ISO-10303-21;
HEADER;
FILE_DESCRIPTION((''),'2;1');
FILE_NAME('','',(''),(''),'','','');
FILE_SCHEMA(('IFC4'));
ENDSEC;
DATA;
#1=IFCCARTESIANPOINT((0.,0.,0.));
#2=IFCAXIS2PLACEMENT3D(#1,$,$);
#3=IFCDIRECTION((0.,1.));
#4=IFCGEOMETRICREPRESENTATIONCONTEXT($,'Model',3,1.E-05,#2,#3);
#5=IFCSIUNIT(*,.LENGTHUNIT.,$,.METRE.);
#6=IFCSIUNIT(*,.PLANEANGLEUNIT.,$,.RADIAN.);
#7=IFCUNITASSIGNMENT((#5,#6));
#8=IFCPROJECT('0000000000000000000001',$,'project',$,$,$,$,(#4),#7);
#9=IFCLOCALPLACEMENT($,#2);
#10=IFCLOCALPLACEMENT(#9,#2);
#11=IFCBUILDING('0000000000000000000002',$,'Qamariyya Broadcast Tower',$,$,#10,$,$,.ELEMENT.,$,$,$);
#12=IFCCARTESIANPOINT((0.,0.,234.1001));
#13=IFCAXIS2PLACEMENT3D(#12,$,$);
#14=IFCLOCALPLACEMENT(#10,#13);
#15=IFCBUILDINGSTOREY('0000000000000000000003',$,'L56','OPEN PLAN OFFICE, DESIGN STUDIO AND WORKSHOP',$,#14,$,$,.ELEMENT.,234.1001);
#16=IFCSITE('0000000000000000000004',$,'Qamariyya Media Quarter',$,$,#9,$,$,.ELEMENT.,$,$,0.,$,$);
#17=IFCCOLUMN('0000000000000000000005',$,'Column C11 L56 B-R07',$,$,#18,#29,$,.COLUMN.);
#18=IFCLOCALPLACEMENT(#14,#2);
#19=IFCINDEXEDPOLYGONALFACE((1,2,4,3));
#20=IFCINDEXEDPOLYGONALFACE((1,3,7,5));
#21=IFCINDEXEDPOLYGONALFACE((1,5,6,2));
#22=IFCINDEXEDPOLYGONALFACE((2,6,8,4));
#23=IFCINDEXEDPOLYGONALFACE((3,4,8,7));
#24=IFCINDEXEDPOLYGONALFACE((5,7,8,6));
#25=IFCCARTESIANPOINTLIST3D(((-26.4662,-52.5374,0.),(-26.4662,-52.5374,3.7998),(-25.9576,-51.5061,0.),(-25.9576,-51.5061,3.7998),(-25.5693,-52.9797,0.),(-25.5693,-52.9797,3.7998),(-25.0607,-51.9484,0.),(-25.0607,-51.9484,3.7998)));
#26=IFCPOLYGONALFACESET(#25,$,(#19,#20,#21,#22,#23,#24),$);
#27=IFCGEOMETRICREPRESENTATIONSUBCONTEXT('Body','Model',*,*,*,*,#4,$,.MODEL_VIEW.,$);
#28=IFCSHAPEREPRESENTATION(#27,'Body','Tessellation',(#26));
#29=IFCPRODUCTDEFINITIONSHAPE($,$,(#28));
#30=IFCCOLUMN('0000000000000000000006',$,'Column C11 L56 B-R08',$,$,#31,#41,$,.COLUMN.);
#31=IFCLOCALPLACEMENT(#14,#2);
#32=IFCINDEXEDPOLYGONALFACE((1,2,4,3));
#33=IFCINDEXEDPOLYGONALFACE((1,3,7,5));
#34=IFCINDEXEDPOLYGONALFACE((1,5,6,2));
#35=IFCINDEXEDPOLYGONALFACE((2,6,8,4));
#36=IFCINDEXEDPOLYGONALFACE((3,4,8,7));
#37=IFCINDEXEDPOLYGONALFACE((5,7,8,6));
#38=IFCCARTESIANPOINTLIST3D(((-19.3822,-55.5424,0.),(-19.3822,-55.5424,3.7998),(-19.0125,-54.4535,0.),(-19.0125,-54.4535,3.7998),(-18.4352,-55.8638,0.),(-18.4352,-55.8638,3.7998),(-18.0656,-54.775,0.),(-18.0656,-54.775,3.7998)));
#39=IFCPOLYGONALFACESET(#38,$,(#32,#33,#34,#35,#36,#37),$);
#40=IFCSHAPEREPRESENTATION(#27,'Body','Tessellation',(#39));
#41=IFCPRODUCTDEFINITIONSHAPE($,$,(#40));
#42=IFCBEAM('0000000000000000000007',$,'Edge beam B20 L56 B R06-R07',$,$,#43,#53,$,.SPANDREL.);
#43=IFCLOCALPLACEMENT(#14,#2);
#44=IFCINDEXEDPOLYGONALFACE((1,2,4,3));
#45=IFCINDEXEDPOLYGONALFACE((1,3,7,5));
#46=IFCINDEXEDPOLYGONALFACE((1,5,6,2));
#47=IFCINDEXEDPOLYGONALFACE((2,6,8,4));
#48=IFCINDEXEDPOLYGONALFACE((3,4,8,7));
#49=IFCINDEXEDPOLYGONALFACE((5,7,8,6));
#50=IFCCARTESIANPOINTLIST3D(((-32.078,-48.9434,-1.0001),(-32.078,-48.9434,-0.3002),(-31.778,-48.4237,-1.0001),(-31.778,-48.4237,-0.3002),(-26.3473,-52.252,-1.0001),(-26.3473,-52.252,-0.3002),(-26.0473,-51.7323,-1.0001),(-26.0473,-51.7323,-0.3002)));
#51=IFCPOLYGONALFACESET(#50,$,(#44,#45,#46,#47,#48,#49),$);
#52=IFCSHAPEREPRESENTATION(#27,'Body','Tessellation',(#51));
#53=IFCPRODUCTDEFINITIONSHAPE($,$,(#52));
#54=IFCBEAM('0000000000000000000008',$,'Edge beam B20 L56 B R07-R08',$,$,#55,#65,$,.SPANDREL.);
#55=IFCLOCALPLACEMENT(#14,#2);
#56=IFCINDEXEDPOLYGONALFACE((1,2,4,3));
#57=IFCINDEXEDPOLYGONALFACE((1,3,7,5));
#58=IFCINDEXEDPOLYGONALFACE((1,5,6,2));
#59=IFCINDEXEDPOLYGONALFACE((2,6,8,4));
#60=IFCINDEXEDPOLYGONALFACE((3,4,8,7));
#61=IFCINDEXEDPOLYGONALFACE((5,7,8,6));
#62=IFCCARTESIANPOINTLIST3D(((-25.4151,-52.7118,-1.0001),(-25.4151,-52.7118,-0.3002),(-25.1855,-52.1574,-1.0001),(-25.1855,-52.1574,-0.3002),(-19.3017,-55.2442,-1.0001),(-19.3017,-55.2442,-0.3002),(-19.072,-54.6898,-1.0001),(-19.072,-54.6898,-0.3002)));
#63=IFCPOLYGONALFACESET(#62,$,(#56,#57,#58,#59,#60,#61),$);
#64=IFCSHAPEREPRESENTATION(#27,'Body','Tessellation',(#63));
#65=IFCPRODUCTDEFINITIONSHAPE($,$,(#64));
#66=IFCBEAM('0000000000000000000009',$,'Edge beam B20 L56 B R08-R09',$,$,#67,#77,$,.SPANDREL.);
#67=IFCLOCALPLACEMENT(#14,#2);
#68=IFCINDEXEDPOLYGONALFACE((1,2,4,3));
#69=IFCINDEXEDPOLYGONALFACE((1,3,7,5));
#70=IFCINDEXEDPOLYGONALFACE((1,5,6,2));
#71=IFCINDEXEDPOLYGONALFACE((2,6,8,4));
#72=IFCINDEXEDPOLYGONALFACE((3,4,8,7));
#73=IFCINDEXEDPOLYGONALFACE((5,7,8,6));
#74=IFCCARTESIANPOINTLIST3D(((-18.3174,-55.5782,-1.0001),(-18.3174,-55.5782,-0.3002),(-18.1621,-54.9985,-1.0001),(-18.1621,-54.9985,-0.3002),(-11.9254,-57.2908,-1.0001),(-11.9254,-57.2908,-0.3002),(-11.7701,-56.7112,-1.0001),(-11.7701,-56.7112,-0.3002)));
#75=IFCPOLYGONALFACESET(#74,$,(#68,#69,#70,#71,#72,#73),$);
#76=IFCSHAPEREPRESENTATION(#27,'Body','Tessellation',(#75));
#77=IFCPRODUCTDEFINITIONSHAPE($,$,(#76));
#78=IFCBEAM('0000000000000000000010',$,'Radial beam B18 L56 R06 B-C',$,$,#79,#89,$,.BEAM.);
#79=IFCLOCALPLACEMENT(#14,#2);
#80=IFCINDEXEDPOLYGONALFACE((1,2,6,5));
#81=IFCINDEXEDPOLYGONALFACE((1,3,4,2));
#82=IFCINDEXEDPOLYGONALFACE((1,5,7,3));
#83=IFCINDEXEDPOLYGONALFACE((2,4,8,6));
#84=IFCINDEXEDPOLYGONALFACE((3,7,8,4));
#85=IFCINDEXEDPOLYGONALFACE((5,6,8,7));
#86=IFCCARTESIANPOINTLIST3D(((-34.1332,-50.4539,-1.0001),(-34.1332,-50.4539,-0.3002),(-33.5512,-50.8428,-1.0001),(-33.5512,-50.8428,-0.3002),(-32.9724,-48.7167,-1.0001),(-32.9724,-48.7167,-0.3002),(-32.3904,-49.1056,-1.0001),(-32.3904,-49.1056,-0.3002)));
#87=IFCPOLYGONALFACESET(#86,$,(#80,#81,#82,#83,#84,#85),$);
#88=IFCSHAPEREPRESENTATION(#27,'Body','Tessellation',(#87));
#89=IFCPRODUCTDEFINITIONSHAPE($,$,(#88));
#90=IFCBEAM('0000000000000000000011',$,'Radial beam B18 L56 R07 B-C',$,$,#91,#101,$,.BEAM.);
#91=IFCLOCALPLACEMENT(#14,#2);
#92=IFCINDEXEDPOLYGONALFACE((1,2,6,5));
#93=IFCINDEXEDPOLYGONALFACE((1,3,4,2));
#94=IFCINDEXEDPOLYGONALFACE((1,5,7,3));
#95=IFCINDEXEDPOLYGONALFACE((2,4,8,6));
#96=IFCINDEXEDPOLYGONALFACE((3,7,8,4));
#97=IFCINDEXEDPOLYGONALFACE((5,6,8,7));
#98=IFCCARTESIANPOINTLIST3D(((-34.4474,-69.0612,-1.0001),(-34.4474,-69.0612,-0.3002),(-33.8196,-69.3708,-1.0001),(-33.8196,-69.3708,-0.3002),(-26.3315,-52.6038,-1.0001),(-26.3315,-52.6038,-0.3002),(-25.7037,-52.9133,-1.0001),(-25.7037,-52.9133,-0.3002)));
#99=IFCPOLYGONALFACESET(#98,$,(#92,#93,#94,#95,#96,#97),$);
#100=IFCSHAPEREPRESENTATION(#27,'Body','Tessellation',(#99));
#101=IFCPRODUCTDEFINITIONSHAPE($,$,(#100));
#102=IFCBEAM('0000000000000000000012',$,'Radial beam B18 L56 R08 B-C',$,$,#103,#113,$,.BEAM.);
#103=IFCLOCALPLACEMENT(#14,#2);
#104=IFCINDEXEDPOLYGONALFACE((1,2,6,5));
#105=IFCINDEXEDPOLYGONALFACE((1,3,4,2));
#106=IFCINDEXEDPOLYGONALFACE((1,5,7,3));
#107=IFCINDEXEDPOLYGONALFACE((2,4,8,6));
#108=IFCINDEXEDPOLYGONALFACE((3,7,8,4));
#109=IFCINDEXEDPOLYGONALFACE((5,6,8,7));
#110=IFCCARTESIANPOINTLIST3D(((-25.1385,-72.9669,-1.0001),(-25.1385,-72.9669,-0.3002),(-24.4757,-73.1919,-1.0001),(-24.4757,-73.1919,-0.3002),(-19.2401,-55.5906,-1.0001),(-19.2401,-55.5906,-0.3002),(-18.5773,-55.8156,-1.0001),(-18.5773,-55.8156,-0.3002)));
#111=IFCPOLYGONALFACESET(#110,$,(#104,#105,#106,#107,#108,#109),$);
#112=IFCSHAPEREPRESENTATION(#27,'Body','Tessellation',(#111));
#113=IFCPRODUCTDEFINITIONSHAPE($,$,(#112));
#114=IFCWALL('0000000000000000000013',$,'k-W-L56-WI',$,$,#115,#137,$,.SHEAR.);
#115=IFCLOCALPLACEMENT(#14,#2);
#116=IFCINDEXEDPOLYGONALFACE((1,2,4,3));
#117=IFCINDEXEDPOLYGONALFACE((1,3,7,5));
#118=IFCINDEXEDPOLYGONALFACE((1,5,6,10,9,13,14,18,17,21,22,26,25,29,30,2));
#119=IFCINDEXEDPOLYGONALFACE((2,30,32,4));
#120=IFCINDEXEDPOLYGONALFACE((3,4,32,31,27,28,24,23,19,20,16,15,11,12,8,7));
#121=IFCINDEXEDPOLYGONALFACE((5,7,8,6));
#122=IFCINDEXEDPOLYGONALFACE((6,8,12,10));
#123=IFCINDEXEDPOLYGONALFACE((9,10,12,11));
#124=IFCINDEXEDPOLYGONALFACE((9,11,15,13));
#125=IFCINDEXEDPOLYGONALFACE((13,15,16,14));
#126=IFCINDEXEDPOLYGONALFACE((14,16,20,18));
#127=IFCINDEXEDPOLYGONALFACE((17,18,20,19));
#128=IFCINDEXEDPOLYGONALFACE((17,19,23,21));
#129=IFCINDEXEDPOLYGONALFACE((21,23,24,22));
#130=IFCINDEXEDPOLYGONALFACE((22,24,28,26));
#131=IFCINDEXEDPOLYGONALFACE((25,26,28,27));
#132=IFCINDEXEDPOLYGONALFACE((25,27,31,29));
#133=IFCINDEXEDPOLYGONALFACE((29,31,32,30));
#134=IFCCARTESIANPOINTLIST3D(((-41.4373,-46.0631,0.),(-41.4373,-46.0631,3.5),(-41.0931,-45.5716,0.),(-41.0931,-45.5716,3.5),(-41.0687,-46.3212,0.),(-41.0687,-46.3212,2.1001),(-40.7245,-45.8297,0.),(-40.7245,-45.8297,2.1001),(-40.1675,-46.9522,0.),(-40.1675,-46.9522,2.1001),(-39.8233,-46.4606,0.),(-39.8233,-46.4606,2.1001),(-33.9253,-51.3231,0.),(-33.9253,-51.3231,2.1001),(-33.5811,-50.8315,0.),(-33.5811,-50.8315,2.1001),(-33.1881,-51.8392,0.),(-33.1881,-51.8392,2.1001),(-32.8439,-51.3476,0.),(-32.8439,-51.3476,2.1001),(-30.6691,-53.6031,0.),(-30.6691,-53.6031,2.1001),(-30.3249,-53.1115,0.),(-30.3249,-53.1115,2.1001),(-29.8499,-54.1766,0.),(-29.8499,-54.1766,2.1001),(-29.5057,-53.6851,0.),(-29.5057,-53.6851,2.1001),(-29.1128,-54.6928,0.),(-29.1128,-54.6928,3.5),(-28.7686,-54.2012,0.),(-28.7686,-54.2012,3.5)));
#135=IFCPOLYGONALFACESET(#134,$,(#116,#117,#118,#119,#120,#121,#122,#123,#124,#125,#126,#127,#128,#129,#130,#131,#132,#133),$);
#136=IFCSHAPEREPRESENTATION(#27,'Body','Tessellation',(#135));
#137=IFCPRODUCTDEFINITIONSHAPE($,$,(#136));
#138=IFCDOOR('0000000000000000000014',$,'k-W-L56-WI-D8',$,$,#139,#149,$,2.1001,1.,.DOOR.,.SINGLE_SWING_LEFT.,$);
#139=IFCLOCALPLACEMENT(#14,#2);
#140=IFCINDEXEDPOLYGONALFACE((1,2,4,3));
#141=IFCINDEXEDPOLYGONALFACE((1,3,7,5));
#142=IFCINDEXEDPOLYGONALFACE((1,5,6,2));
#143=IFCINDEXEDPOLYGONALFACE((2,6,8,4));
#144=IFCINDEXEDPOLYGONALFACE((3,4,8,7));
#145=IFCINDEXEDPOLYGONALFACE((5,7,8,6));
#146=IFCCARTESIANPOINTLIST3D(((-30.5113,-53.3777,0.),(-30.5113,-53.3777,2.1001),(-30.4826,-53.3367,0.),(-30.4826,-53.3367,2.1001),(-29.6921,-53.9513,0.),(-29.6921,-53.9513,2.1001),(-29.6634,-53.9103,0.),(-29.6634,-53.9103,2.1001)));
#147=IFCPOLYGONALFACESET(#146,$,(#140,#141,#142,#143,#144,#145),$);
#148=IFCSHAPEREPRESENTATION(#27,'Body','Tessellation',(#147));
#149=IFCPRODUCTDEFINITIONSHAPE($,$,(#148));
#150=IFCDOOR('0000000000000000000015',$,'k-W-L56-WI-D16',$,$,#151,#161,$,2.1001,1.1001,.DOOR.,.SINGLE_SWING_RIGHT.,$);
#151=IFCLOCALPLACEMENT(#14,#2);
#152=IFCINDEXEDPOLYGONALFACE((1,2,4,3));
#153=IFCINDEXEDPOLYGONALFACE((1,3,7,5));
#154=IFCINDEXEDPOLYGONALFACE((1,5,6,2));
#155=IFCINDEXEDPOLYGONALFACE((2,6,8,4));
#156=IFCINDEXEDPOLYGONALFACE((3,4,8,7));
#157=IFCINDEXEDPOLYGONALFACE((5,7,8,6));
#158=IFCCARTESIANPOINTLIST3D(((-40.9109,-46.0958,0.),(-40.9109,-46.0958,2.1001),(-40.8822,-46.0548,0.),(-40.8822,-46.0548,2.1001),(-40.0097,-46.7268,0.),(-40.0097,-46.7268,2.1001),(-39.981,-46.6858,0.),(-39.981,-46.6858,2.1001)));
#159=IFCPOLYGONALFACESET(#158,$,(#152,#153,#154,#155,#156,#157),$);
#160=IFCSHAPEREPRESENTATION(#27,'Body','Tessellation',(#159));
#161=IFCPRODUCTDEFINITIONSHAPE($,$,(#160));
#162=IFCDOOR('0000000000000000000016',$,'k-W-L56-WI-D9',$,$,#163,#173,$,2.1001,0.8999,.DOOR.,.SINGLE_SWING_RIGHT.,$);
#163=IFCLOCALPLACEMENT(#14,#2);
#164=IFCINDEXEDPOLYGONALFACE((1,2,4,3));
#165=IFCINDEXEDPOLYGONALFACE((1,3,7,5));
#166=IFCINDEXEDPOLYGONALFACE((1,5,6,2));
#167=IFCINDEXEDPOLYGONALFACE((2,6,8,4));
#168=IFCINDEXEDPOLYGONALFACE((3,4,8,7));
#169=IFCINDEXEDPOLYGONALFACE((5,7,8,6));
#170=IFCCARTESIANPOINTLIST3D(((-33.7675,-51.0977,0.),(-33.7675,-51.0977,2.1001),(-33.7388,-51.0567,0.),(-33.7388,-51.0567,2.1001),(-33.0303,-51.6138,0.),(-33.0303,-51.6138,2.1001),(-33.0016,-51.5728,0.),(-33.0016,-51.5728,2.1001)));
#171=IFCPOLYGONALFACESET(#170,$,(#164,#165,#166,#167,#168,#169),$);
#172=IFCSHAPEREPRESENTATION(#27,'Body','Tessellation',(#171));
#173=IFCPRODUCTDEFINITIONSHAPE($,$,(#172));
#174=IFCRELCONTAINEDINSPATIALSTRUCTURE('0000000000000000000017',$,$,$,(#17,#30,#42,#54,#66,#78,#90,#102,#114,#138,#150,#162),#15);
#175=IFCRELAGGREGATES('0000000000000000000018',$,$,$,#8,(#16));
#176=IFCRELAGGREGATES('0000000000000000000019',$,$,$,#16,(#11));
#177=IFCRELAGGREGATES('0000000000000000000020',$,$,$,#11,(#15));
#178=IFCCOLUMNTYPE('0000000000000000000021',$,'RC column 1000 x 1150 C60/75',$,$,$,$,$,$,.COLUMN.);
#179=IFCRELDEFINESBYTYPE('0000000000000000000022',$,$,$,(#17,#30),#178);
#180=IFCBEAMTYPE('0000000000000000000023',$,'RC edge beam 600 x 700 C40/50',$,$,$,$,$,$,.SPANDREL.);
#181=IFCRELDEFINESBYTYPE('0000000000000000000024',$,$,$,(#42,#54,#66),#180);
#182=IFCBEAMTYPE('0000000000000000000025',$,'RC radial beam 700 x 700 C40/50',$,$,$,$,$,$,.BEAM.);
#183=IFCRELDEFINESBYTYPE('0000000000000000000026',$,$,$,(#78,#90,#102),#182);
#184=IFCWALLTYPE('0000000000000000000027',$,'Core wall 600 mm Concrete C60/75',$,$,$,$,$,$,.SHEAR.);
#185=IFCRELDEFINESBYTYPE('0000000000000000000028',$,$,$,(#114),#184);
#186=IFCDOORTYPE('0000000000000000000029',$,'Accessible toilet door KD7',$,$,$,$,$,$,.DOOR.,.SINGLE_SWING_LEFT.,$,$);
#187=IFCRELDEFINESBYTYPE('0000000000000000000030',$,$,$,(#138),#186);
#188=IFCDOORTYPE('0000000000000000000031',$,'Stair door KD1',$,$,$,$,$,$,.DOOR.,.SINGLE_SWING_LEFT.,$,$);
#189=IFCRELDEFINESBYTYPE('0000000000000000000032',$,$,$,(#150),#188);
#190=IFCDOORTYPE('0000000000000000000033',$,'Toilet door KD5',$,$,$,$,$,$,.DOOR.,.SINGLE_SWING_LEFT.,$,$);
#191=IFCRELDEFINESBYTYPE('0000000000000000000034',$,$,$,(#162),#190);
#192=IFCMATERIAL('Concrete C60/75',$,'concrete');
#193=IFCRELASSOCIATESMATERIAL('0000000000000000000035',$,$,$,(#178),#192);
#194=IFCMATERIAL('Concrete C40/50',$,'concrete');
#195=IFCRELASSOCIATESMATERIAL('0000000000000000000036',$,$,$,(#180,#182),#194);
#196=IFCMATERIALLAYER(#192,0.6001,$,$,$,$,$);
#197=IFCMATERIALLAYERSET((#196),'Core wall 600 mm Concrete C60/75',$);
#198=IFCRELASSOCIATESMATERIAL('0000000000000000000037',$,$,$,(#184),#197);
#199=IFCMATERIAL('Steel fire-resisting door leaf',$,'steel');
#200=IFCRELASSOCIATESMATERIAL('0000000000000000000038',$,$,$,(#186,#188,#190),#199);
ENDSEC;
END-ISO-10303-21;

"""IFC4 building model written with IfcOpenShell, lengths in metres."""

from ifc_helpers import new_model, si_unit, direction, frame, frame_2d, origin, origin_2d, place, context, subcontext, project, spatial, rectangle, extrude, material, layer, layer_set, material_profile, profile_set, type_object, element, fill, save


model = new_model("IFC4")

# Units and contexts
model_context = context("Model", 3, precision=1e-05, world=origin(), true_north=direction((0.0, 1.0)))
body_context = subcontext(model_context, "Body", "Model", "MODEL_VIEW")
ifc_project = project(units=[si_unit("LENGTHUNIT", "METRE"), si_unit("PLANEANGLEUNIT", "RADIAN")], contexts=[model_context])

# Site, building, storey
site_placement = place(None, origin())
site = spatial("IfcSite", under=ifc_project, at=site_placement, Name="Qamariyya Media Quarter", CompositionType="ELEMENT", RefElevation=0.0)
building_placement = place(site_placement, origin())
building = spatial("IfcBuilding", under=site, at=building_placement, Name="Qamariyya Broadcast Tower", CompositionType="ELEMENT")
storey_placement = place(building_placement, frame((0.0, 0.0, 234.1001)))
storey = spatial("IfcBuildingStorey", under=building, at=storey_placement, Name="L56", Description="OPEN PLAN OFFICE, DESIGN STUDIO AND WORKSHOP", CompositionType="ELEMENT", Elevation=234.1001)

# Columns
ifc_material_1 = material(Name="Concrete C60/75", Category="concrete")
ifc_material_profile_1 = material_profile(ifc_material_1, rectangle(XDim=1.0, YDim=1.1499, at=origin_2d()))
ifc_profile_set_1 = profile_set([ifc_material_profile_1], Name="Concrete C60/75")
column_type = type_object("IfcColumnType", Name="RC column 1000 x 1150 C60/75", PredefinedType="COLUMN", material=ifc_profile_set_1)
for number, where, z_axis, x_axis, name in (
    (1, (-25.7634, -52.2429, 0.0), (0.0, 0.0, 1.0), (0.896873, -0.442289, 0.0), "Column C11 L56 B-R07"),
    (2, (-18.7239, -55.1587, 0.0), (0.0, 0.0, 1.0), (0.94693, -0.321439, 0.0), "Column C11 L56 B-R08"),
):
    element("IfcColumn", number, at=place(storey_placement, frame(where, z_axis=z_axis, x_axis=x_axis)), inside=storey, type_object=column_type, Name=name, PredefinedType="COLUMN", context=body_context, shape_type="SweptSolid", body=[
        extrude(rectangle(XDim=1.0, YDim=1.1499, at=origin_2d()), origin(), (0.0, 0.0, 1.0), 3.7998),
    ])

# Beams
ifc_material_2 = material(Name="Concrete C40/50", Category="concrete")
ifc_material_profile_2 = material_profile(ifc_material_2, rectangle(XDim=0.6001, YDim=0.7, at=origin_2d()))
ifc_profile_set_2 = profile_set([ifc_material_profile_2], Name="Concrete C40/50")
beam_type_1 = type_object("IfcBeamType", Name="RC edge beam 600 x 700 C40/50", PredefinedType="SPANDREL", material=ifc_profile_set_2)
for number, where, z_axis, x_axis, name in (
    (3, (-31.928, -48.6836, -0.6501), (0.866028, -0.499996, 0.0), (0.499996, 0.866028, 0.0), "Edge beam B20 L56 B R06-R07"),
    (4, (-25.3003, -52.4346, -0.6501), (0.923871, -0.382705, 0.0), (0.382705, 0.923871, 0.0), "Edge beam B20 L56 B R07-R08"),
):
    element("IfcBeam", number, at=place(storey_placement, frame(where, z_axis=z_axis, x_axis=x_axis)), inside=storey, type_object=beam_type_1, Name=name, PredefinedType="SPANDREL", context=body_context, shape_type="SweptSolid", body=[
        extrude(rectangle(XDim=0.6001, YDim=0.7, at=origin_2d()), origin(), (0.0, 0.0, 1.0), 6.6172),
    ])
beam_1_placement = place(storey_placement, frame((-18.2397, -55.2883, -0.6501), z_axis=(0.965927, -0.258813, 0.0), x_axis=(0.258813, 0.965927, 0.0)))
element("IfcBeam", 5, at=beam_1_placement, inside=storey, type_object=beam_type_1, Name="Edge beam B20 L56 B R08-R09", PredefinedType="SPANDREL", context=body_context, shape_type="SweptSolid", body=[
    extrude(rectangle(XDim=0.6001, YDim=0.7, at=origin_2d()), origin(), (0.0, 0.0, 1.0), 6.6174),
])
ifc_material_profile_3 = material_profile(ifc_material_2, rectangle(XDim=0.7, YDim=0.7, at=origin_2d()))
ifc_profile_set_3 = profile_set([ifc_material_profile_3], Name="Concrete C40/50")
beam_type_2 = type_object("IfcBeamType", Name="RC radial beam 700 x 700 C40/50", PredefinedType="BEAM", material=ifc_profile_set_3)
beam_2_placement = place(storey_placement, frame((-32.6814, -48.9111, -0.6501), z_axis=(-0.55559, -0.831457, 0.0), x_axis=(0.831457, -0.55559, 0.0)))
element("IfcBeam", 6, at=beam_2_placement, inside=storey, type_object=beam_type_2, Name="Radial beam B18 L56 R06 B-C", PredefinedType="BEAM", context=body_context, shape_type="SweptSolid", body=[
    extrude(rectangle(XDim=0.7, YDim=0.7, at=origin_2d()), origin(), (0.0, 0.0, 1.0), 2.0894),
])
beam_3_placement = place(storey_placement, frame((-26.0176, -52.7585, -0.6501), z_axis=(-0.442289, -0.896872, 0.0), x_axis=(0.896872, -0.442289, 0.0)))
element("IfcBeam", 7, at=beam_3_placement, inside=storey, type_object=beam_type_2, Name="Radial beam B18 L56 R07 B-C", PredefinedType="BEAM", context=body_context, shape_type="SweptSolid", body=[
    extrude(rectangle(XDim=0.7, YDim=0.7, at=origin_2d()), origin(), (0.0, 0.0, 1.0), 18.3499),
])
beam_4_placement = place(storey_placement, frame((-18.9087, -55.7031, -0.6501), z_axis=(-0.32144, -0.94693, 0.0), x_axis=(0.94693, -0.32144, 0.0)))
element("IfcBeam", 8, at=beam_4_placement, inside=storey, type_object=beam_type_2, Name="Radial beam B18 L56 R08 B-C", PredefinedType="BEAM", context=body_context, shape_type="SweptSolid", body=[
    extrude(rectangle(XDim=0.7, YDim=0.7, at=origin_2d()), origin(), (0.0, 0.0, 1.0), 18.3501),
])

# Wall, openings, doors
ifc_layer_1 = layer(ifc_material_1, 0.6001)
ifc_layer_set_1 = layer_set([ifc_layer_1], Name="Core wall 600 mm Concrete C60/75")
wall_type_1 = type_object("IfcWallType", Name="Core wall 600 mm Concrete C60/75", PredefinedType="SHEAR", material=ifc_layer_set_1)
wall_1_placement = place(storey_placement, frame((-28.9407, -54.447, 0.0), z_axis=(0.0, 0.0, 1.0), x_axis=(-0.819153, 0.573575, 0.0)))
wall_1 = element("IfcWall", 9, at=wall_1_placement, inside=storey, type_object=wall_type_1, Name="k-W-L56-WI", PredefinedType="SHEAR", context=body_context, shape_type="SweptSolid", body=[
    extrude(rectangle(XDim=15.0454, YDim=0.6001, at=frame_2d((7.5227, 0.0))), origin(), (0.0, 0.0, 1.0), 3.5),
])
opening_1_placement = place(wall_1_placement, frame((0.8999, 0.0, 0.0)))
opening_1 = element("IfcOpeningElement", 10, at=opening_1_placement, cuts=wall_1, PredefinedType="OPENING", context=body_context, shape_type="SweptSolid", body=[
    extrude(rectangle(XDim=1.0, YDim=2.1001, at=frame_2d((0.5, 1.05))), frame((0.0, 0.3101, 0.0), z_axis=(0.0, -1.0, 0.0), x_axis=(1.0, 0.0, 0.0)), (0.0, 0.0, 1.0), 0.6201),
])
opening_2_placement = place(wall_1_placement, frame((4.9751, 0.0, 0.0)))
opening_2 = element("IfcOpeningElement", 11, at=opening_2_placement, cuts=wall_1, PredefinedType="OPENING", context=body_context, shape_type="SweptSolid", body=[
    extrude(rectangle(XDim=0.8999, YDim=2.1001, at=frame_2d((0.45, 1.05))), frame((0.0, 0.3101, 0.0), z_axis=(0.0, -1.0, 0.0), x_axis=(1.0, 0.0, 0.0)), (0.0, 0.0, 1.0), 0.6201),
])
opening_3_placement = place(wall_1_placement, frame((13.4954, 0.0, 0.0)))
opening_3 = element("IfcOpeningElement", 12, at=opening_3_placement, cuts=wall_1, PredefinedType="OPENING", context=body_context, shape_type="SweptSolid", body=[
    extrude(rectangle(XDim=1.1001, YDim=2.1001, at=frame_2d((0.55, 1.05))), frame((0.0, 0.3101, 0.0), z_axis=(0.0, -1.0, 0.0), x_axis=(1.0, 0.0, 0.0)), (0.0, 0.0, 1.0), 0.6201),
])
ifc_material_3 = material(Name="Steel fire-resisting door leaf", Category="steel")
door_type_1 = type_object("IfcDoorType", Name="Accessible toilet door KD7", OperationType="SINGLE_SWING_LEFT", PredefinedType="DOOR", material=ifc_material_3)
door_1_placement = place(opening_1_placement, origin())
door_1 = element("IfcDoor", 13, at=door_1_placement, inside=storey, type_object=door_type_1, Name="k-W-L56-WI-D8", OperationType="SINGLE_SWING_LEFT", OverallHeight=2.1001, OverallWidth=1.0, PredefinedType="DOOR", context=body_context, shape_type="SweptSolid", body=[
    extrude(rectangle(XDim=1.0, YDim=2.1001, at=frame_2d((0.5, 1.05))), frame((0.0, 0.0249, 0.0), z_axis=(0.0, -1.0, 0.0), x_axis=(1.0, 0.0, 0.0)), (0.0, 0.0, 1.0), 0.05),
])
fill(opening_1, door_1)
door_type_2 = type_object("IfcDoorType", Name="Stair door KD1", OperationType="SINGLE_SWING_LEFT", PredefinedType="DOOR", material=ifc_material_3)
door_2_placement = place(opening_3_placement, origin())
door_2 = element("IfcDoor", 14, at=door_2_placement, inside=storey, type_object=door_type_2, Name="k-W-L56-WI-D16", OperationType="SINGLE_SWING_RIGHT", OverallHeight=2.1001, OverallWidth=1.1001, PredefinedType="DOOR", context=body_context, shape_type="SweptSolid", body=[
    extrude(rectangle(XDim=1.1001, YDim=2.1001, at=frame_2d((0.55, 1.05))), frame((0.0, 0.0249, 0.0), z_axis=(0.0, -1.0, 0.0), x_axis=(1.0, 0.0, 0.0)), (0.0, 0.0, 1.0), 0.05),
])
fill(opening_3, door_2)
door_type_3 = type_object("IfcDoorType", Name="Toilet door KD5", OperationType="SINGLE_SWING_LEFT", PredefinedType="DOOR", material=ifc_material_3)
door_3_placement = place(opening_2_placement, origin())
door_3 = element("IfcDoor", 15, at=door_3_placement, inside=storey, type_object=door_type_3, Name="k-W-L56-WI-D9", OperationType="SINGLE_SWING_RIGHT", OverallHeight=2.1001, OverallWidth=0.8999, PredefinedType="DOOR", context=body_context, shape_type="SweptSolid", body=[
    extrude(rectangle(XDim=0.8999, YDim=2.1001, at=frame_2d((0.45, 1.05))), frame((0.0, 0.0249, 0.0), z_axis=(0.0, -1.0, 0.0), x_axis=(1.0, 0.0, 0.0)), (0.0, 0.0, 1.0), 0.05),
])
fill(opening_2, door_3)

save(model, "model.ifc")
